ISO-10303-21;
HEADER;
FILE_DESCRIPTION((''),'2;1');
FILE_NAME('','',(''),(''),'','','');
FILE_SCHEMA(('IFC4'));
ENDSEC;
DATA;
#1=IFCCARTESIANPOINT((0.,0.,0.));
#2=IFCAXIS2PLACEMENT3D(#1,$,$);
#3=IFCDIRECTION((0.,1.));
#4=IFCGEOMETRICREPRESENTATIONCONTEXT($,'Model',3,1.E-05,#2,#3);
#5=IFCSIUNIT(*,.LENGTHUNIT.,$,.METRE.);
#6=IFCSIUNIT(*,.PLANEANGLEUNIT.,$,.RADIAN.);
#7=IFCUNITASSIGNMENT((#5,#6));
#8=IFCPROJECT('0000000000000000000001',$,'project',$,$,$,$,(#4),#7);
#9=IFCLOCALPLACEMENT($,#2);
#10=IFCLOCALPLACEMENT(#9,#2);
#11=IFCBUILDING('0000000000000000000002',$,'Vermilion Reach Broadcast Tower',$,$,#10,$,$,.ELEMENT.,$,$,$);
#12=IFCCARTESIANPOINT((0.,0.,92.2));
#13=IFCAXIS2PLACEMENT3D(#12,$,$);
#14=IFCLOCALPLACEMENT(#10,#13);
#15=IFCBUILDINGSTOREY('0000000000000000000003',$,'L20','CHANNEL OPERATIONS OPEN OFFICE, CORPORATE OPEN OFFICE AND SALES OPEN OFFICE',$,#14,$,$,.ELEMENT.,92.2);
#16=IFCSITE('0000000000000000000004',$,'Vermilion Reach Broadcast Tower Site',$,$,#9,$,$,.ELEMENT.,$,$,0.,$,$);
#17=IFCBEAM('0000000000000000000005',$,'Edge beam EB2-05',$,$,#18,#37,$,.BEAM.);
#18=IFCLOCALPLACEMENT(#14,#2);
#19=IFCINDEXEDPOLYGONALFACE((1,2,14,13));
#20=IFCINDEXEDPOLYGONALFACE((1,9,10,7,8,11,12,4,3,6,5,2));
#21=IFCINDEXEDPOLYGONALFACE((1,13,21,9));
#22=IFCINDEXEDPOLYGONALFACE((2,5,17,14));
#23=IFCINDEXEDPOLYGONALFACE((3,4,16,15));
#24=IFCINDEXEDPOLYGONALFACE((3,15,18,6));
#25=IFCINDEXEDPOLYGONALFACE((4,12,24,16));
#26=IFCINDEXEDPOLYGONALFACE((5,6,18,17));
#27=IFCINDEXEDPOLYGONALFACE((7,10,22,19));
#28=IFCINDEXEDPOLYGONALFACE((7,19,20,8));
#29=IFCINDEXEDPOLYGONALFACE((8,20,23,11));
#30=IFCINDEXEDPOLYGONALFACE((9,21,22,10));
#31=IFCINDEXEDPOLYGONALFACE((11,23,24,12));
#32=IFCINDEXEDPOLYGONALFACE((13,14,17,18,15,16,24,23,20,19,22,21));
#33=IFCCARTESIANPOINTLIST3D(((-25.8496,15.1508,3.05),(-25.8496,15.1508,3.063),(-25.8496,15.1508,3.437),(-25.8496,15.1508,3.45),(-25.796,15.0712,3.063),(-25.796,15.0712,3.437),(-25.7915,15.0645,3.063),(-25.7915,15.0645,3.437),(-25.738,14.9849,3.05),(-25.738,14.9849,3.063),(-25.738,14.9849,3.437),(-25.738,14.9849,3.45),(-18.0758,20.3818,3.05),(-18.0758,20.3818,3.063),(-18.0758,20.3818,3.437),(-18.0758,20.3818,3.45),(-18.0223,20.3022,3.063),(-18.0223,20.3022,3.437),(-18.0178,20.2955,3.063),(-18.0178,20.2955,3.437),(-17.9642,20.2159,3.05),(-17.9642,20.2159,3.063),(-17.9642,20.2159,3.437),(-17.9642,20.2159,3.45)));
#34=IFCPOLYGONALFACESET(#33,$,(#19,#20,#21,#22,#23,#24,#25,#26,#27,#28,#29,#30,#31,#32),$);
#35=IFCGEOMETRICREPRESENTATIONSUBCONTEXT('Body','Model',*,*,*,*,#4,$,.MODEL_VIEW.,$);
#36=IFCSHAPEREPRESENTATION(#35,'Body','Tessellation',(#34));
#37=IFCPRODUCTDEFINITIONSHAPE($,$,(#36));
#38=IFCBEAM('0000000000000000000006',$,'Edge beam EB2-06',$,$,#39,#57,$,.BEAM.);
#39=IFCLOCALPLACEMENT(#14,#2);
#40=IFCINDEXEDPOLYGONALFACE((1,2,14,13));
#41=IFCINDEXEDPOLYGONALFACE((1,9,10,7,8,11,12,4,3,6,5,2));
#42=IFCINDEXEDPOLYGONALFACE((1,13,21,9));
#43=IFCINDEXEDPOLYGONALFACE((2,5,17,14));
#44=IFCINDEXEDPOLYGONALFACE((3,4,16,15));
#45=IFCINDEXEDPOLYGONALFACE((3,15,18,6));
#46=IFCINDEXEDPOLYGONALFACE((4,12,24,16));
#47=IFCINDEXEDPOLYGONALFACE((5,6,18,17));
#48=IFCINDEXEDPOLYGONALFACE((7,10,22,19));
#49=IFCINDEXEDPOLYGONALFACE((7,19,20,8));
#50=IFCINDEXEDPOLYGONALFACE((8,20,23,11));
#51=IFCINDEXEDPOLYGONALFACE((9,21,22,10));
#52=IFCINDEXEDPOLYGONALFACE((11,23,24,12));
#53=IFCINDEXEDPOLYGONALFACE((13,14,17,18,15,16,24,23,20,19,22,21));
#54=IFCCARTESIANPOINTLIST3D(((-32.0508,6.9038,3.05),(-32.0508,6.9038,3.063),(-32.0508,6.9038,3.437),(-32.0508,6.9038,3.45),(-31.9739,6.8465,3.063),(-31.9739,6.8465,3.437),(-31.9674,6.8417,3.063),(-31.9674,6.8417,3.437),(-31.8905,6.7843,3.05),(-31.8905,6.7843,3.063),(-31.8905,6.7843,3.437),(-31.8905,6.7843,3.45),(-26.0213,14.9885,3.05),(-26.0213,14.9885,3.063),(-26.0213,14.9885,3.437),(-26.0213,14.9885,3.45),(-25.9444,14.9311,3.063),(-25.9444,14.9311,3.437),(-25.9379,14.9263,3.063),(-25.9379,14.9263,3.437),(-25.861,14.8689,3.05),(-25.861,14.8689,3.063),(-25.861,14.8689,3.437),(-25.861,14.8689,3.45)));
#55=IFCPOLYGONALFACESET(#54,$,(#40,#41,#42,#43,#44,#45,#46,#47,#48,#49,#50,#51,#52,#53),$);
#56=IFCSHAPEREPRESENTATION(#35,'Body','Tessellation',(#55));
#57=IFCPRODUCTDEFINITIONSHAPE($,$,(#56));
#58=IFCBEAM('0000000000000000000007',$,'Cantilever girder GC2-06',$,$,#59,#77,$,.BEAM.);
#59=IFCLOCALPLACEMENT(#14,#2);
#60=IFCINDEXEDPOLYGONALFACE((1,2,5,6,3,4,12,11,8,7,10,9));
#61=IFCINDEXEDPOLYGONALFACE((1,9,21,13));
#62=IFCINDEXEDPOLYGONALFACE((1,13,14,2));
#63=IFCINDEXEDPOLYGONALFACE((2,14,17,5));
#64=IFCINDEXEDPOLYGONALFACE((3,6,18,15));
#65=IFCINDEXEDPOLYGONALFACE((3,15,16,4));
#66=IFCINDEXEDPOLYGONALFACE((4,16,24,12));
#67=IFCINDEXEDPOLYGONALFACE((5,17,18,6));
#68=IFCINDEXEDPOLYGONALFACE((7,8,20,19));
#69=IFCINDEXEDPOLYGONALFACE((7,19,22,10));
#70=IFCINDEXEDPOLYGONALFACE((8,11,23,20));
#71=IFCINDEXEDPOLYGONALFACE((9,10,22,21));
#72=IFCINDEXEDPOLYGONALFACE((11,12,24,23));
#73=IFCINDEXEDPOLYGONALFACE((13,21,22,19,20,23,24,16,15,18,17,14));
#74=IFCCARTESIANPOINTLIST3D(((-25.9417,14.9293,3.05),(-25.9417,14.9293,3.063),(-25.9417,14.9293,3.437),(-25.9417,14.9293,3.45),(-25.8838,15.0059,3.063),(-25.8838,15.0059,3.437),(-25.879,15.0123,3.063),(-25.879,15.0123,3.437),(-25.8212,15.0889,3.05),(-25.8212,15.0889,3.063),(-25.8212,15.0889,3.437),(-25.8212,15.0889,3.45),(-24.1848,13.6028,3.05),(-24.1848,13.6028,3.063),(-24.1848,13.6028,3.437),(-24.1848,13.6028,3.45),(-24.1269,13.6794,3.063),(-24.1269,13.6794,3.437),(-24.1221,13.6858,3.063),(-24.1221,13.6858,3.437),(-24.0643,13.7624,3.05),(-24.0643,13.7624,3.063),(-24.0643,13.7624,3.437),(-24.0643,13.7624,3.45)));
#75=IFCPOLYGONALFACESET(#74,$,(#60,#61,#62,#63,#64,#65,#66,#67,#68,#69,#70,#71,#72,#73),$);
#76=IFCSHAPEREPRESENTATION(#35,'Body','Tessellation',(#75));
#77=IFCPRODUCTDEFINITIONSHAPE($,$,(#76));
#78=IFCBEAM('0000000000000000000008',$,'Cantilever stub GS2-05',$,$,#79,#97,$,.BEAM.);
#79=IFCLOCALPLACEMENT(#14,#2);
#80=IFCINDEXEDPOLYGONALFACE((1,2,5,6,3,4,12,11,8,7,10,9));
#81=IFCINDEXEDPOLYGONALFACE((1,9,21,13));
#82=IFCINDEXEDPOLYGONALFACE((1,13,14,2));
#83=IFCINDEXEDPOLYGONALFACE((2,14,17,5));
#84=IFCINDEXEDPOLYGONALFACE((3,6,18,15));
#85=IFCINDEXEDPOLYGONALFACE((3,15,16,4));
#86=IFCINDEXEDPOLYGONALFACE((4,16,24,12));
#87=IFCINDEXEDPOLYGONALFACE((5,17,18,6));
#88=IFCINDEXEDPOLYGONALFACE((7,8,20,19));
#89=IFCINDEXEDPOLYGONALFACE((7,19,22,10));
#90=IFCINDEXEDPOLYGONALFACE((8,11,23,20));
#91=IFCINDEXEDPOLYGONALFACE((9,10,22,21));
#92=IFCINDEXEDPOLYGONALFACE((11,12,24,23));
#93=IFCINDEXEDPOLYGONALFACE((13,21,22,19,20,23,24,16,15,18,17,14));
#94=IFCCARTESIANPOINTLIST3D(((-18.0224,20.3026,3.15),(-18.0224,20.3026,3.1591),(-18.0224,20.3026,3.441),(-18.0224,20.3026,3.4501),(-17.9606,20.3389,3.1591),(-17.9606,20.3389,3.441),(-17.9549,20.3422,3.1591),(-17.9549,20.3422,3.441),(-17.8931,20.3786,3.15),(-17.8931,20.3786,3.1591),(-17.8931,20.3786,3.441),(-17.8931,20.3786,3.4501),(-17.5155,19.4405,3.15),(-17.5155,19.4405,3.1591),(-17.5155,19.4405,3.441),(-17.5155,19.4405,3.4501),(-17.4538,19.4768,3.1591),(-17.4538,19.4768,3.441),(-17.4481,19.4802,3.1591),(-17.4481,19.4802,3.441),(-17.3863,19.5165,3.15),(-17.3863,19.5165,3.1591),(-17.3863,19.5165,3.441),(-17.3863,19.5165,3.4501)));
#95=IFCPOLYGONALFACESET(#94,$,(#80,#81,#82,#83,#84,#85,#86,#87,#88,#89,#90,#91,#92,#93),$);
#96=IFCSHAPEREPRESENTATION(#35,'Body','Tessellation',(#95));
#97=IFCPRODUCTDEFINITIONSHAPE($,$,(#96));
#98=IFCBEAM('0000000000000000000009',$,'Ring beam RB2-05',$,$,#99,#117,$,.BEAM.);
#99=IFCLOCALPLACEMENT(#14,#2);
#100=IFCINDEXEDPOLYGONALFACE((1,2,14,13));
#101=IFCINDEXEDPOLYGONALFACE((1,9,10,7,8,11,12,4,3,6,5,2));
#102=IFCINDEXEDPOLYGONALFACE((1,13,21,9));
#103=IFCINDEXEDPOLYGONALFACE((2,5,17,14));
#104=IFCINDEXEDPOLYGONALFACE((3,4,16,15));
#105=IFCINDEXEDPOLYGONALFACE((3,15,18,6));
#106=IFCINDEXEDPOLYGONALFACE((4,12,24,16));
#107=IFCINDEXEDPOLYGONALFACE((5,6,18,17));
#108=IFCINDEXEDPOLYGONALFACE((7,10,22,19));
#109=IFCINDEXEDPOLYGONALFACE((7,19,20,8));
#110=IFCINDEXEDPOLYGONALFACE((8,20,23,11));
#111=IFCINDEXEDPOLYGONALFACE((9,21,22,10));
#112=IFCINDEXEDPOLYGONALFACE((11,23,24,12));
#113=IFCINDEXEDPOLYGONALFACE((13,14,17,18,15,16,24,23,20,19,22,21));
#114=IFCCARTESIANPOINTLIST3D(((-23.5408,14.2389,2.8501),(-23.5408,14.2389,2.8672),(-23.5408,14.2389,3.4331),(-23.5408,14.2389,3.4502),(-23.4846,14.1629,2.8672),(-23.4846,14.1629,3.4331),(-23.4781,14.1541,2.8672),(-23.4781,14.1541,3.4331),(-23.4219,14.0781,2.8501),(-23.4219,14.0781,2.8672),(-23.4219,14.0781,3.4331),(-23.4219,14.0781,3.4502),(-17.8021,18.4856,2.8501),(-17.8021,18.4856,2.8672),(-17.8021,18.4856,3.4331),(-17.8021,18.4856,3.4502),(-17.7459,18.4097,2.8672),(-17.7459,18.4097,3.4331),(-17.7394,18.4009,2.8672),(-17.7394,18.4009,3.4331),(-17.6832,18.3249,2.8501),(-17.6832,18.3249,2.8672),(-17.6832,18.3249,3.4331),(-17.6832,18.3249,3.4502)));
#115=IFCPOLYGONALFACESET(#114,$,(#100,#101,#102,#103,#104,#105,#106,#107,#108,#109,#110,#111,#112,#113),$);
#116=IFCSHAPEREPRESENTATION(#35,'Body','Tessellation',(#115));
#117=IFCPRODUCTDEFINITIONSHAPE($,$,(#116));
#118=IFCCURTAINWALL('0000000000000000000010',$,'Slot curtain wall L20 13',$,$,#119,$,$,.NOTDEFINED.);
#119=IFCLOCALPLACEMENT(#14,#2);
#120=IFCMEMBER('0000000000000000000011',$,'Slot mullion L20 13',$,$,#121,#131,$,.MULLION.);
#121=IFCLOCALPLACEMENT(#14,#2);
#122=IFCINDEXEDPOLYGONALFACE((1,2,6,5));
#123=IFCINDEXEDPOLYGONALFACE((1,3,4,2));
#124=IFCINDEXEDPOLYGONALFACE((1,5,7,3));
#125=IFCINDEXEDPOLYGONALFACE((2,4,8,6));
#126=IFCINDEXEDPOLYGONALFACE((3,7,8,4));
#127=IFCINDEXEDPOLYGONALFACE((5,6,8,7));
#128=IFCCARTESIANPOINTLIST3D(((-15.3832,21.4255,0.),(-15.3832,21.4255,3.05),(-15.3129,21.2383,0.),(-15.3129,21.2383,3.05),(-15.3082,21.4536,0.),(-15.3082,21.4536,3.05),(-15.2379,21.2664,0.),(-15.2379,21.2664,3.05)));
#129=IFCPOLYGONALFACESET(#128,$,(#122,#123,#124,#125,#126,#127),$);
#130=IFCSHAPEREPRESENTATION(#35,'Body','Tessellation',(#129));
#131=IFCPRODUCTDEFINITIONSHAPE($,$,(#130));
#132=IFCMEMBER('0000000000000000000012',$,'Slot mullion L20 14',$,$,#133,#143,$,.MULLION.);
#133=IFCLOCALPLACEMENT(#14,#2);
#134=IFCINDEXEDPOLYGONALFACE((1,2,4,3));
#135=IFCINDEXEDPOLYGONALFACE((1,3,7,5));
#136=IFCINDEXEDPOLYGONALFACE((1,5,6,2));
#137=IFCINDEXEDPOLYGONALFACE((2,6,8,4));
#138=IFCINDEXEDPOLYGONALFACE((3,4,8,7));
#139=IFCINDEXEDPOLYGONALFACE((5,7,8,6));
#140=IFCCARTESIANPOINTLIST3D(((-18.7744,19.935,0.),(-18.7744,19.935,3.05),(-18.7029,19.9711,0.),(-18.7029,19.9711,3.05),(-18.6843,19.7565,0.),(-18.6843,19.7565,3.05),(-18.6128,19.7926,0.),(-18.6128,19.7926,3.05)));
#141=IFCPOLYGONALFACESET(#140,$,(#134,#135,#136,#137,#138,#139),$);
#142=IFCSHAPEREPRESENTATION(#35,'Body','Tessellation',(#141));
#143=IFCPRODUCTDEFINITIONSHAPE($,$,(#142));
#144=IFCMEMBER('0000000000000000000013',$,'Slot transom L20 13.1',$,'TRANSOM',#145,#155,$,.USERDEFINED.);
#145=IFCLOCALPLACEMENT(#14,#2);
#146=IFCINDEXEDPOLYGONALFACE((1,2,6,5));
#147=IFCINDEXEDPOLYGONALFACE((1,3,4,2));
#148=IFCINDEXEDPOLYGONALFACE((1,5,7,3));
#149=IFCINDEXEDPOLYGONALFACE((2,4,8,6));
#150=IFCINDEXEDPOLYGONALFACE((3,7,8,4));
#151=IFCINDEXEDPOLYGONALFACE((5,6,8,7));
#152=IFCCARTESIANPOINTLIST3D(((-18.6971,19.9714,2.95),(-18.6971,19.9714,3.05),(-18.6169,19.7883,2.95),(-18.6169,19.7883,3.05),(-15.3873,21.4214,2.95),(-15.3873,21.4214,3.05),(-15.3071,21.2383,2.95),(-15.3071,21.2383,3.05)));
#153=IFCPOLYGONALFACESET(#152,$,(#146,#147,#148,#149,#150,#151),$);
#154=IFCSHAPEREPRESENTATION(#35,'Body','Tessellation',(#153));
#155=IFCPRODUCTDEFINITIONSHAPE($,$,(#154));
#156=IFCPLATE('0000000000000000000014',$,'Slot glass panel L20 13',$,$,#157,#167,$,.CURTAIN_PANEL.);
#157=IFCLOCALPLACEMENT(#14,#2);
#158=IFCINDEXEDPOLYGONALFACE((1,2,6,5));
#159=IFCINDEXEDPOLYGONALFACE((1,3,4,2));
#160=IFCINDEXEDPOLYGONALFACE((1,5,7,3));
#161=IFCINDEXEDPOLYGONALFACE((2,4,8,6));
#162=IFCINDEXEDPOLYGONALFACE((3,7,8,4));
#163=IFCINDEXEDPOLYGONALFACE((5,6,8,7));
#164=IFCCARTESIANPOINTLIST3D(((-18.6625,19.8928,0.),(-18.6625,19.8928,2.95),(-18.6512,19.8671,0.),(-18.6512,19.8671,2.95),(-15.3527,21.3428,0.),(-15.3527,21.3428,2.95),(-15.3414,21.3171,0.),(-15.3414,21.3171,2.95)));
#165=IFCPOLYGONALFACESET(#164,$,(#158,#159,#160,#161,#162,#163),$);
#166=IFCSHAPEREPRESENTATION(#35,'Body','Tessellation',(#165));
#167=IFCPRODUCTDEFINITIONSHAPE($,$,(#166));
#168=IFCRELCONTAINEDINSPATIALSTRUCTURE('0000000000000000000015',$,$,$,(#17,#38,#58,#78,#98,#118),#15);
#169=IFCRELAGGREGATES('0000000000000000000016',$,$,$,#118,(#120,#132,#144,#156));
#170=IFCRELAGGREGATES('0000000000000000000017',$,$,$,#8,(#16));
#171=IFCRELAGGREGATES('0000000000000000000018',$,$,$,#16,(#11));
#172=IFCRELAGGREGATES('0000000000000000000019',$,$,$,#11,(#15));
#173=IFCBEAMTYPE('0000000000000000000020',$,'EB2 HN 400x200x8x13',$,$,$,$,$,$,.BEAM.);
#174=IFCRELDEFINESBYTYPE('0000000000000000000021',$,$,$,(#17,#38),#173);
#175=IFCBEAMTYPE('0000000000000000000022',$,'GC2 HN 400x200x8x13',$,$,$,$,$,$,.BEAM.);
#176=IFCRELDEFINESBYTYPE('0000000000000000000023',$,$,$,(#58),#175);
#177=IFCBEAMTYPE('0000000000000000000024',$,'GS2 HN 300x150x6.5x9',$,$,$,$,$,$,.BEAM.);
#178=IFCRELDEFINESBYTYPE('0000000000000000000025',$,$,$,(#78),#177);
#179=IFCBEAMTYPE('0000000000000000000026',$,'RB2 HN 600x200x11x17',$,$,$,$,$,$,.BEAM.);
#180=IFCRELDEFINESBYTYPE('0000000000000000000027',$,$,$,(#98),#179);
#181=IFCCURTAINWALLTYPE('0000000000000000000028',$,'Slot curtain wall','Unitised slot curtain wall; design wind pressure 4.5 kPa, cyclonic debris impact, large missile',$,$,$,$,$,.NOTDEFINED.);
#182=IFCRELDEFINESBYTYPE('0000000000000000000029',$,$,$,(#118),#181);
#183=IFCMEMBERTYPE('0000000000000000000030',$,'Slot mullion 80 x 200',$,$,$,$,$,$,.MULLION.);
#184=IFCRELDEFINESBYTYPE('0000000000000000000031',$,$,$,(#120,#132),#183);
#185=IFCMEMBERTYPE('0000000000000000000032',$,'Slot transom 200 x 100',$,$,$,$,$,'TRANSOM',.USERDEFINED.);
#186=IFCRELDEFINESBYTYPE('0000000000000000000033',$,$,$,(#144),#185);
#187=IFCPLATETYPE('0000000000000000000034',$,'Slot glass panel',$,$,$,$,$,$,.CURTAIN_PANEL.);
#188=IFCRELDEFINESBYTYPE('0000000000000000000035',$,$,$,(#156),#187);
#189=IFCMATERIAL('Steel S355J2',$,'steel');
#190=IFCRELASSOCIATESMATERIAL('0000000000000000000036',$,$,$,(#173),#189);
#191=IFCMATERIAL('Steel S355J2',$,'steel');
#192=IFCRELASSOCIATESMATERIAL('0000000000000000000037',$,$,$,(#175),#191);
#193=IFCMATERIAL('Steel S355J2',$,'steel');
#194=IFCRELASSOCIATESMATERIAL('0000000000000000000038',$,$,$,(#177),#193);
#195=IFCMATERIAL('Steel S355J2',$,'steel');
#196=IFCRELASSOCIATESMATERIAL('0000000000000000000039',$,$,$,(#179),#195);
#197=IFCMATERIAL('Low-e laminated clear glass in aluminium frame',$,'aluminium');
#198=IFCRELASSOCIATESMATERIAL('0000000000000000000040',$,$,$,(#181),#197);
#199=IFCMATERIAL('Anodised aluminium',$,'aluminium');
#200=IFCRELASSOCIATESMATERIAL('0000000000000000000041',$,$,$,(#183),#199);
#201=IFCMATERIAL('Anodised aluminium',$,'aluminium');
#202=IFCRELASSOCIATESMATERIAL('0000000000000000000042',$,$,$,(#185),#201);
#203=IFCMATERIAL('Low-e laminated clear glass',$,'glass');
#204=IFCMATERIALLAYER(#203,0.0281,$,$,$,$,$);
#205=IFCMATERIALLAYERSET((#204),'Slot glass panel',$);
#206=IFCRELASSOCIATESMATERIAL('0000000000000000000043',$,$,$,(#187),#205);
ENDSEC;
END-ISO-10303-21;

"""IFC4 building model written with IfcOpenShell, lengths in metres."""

from ifc_helpers import new_model, si_unit, direction, frame, origin, origin_2d, place, context, subcontext, project, spatial, rectangle, i_section, extrude, material, layer, layer_set, material_profile, profile_set, type_object, element, aggregate, save


model = new_model("IFC4")

# Units and contexts
model_context = context("Model", 3, precision=1e-05, world=origin(), true_north=direction((0.0, 1.0)))
body_context = subcontext(model_context, "Body", "Model", "MODEL_VIEW")
ifc_project = project(units=[si_unit("LENGTHUNIT", "METRE"), si_unit("PLANEANGLEUNIT", "RADIAN")], contexts=[model_context])

# Site, building, storey
site_placement = place(None, origin())
site = spatial("IfcSite", under=ifc_project, at=site_placement, Name="Vermilion Reach Broadcast Tower Site", CompositionType="ELEMENT", RefElevation=0.0)
building_placement = place(site_placement, origin())
building = spatial("IfcBuilding", under=site, at=building_placement, Name="Vermilion Reach Broadcast Tower", CompositionType="ELEMENT")
storey_placement = place(building_placement, frame((0.0, 0.0, 92.2)))
storey = spatial("IfcBuildingStorey", under=building, at=storey_placement, Name="L20", Description="CHANNEL OPERATIONS OPEN OFFICE, CORPORATE OPEN OFFICE AND SALES OPEN OFFICE", CompositionType="ELEMENT", Elevation=92.2)

# Beams
ifc_material_1 = material(Name="Steel S355J2", Category="steel")
ifc_material_profile_1 = material_profile(ifc_material_1, i_section(OverallWidth=0.2, OverallDepth=0.3999, WebThickness=0.0081, FlangeThickness=0.0129, at=origin_2d()), Name="S355J2 HN 400x200x8x13")
ifc_profile_set_1 = profile_set([ifc_material_profile_1], Name="Steel S355J2")
beam_type_1 = type_object("IfcBeamType", Name="EB2 HN 400x200x8x13", PredefinedType="BEAM", material=ifc_profile_set_1)
beam_1_placement = place(storey_placement, frame((-18.02, 20.2988, 3.25), z_axis=(-0.829653, -0.558279, 0.0), x_axis=(0.558279, -0.829653, 0.0)))
element("IfcBeam", 1, at=beam_1_placement, inside=storey, type_object=beam_type_1, Name="Edge beam EB2-05", PredefinedType="BEAM", context=body_context, shape_type="SweptSolid", body=[
    extrude(i_section(OverallWidth=0.2, OverallDepth=0.3999, WebThickness=0.0081, FlangeThickness=0.0129, at=origin_2d()), origin(), (0.0, 0.0, 1.0), 9.3699),
])
beam_2_placement = place(storey_placement, frame((-25.9412, 14.9287, 3.25), z_axis=(-0.59784, -0.801615, 0.0), x_axis=(0.801615, -0.59784, 0.0)))
element("IfcBeam", 2, at=beam_2_placement, inside=storey, type_object=beam_type_1, Name="Edge beam EB2-06", PredefinedType="BEAM", context=body_context, shape_type="SweptSolid", body=[
    extrude(i_section(OverallWidth=0.2, OverallDepth=0.3999, WebThickness=0.0081, FlangeThickness=0.0129, at=origin_2d()), origin(), (0.0, 0.0, 1.0), 10.0854),
])
ifc_material_2 = material(Name="Steel S355J2", Category="steel")
ifc_material_profile_2 = material_profile(ifc_material_2, i_section(OverallWidth=0.2, OverallDepth=0.3999, WebThickness=0.0081, FlangeThickness=0.0129, at=origin_2d()), Name="S355J2 HN 400x200x8x13")
ifc_profile_set_2 = profile_set([ifc_material_profile_2], Name="Steel S355J2")
beam_type_2 = type_object("IfcBeamType", Name="GC2 HN 400x200x8x13", PredefinedType="BEAM", material=ifc_profile_set_2)
beam_3_placement = place(storey_placement, frame((-24.1245, 13.6826, 3.25), z_axis=(-0.798079, 0.602552, 0.0), x_axis=(-0.602552, -0.798079, 0.0)))
element("IfcBeam", 3, at=beam_3_placement, inside=storey, type_object=beam_type_2, Name="Cantilever girder GC2-06", PredefinedType="BEAM", context=body_context, shape_type="SweptSolid", body=[
    extrude(i_section(OverallWidth=0.2, OverallDepth=0.3999, WebThickness=0.0081, FlangeThickness=0.0129, at=origin_2d()), origin(), (0.0, 0.0, 1.0), 2.2014),
])
ifc_material_3 = material(Name="Steel S355J2", Category="steel")
ifc_material_profile_3 = material_profile(ifc_material_3, i_section(OverallWidth=0.1499, OverallDepth=0.3, WebThickness=0.0066, FlangeThickness=0.009, at=origin_2d()), Name="S355J2 HN 300x150x6.5x9")
ifc_profile_set_3 = profile_set([ifc_material_profile_3], Name="Steel S355J2")
beam_type_3 = type_object("IfcBeamType", Name="GS2 HN 300x150x6.5x9", PredefinedType="BEAM", material=ifc_profile_set_3)
beam_4_placement = place(storey_placement, frame((-17.4509, 19.4785, 3.3), z_axis=(-0.506828, 0.862047, 0.0), x_axis=(-0.862047, -0.506828, 0.0)))
element("IfcBeam", 4, at=beam_4_placement, inside=storey, type_object=beam_type_3, Name="Cantilever stub GS2-05", PredefinedType="BEAM", context=body_context, shape_type="SweptSolid", body=[
    extrude(i_section(OverallWidth=0.1499, OverallDepth=0.3, WebThickness=0.0066, FlangeThickness=0.009, at=origin_2d()), origin(), (0.0, 0.0, 1.0), 1.0),
])
ifc_material_4 = material(Name="Steel S355J2", Category="steel")
ifc_material_profile_4 = material_profile(ifc_material_4, i_section(OverallWidth=0.2, OverallDepth=0.6001, WebThickness=0.011, FlangeThickness=0.0171, at=origin_2d()), Name="S355J2 HN 600x200x11x17")
ifc_profile_set_4 = profile_set([ifc_material_profile_4], Name="Steel S355J2")
beam_type_4 = type_object("IfcBeamType", Name="RB2 HN 600x200x11x17", PredefinedType="BEAM", material=ifc_profile_set_4)
beam_5_placement = place(storey_placement, frame((-17.7427, 18.4053, 3.1501), z_axis=(-0.803833, -0.594855, 0.0), x_axis=(0.594855, -0.803833, 0.0)))
element("IfcBeam", 5, at=beam_5_placement, inside=storey, type_object=beam_type_4, Name="Ring beam RB2-05", PredefinedType="BEAM", context=body_context, shape_type="SweptSolid", body=[
    extrude(i_section(OverallWidth=0.2, OverallDepth=0.6001, WebThickness=0.011, FlangeThickness=0.0171, at=origin_2d()), origin(), (0.0, 0.0, 1.0), 7.1392),
])

# Curtain wall, members, plate
ifc_material_5 = material(Name="Low-e laminated clear glass in aluminium frame", Category="aluminium")
curtain_wall_type = type_object("IfcCurtainWallType", Name="Slot curtain wall", Description="Unitised slot curtain wall; design wind pressure 4.5 kPa, cyclonic debris impact, large missile", PredefinedType="NOTDEFINED", material=ifc_material_5)
curtain_wall_placement = place(storey_placement, origin())
curtain_wall = element("IfcCurtainWall", 6, at=curtain_wall_placement, inside=storey, type_object=curtain_wall_type, Name="Slot curtain wall L20 13", PredefinedType="NOTDEFINED")
ifc_material_6 = material(Name="Anodised aluminium", Category="aluminium")
ifc_material_profile_5 = material_profile(ifc_material_6, rectangle(XDim=0.2, YDim=0.0801, at=origin_2d()), Name="Slot mullion 80 x 200")
ifc_profile_set_5 = profile_set([ifc_material_profile_5], Name="Anodised aluminium")
member_type_1 = type_object("IfcMemberType", Name="Slot mullion 80 x 200", PredefinedType="MULLION", material=ifc_profile_set_5)
member_1_placement = place(storey_placement, frame((-15.3105, 21.3459, 0.0), z_axis=(0.0, 0.0, 1.0), x_axis=(0.351285, -0.936269, 0.0)))
member_1 = element("IfcMember", 7, at=member_1_placement, type_object=member_type_1, Name="Slot mullion L20 13", PredefinedType="MULLION", context=body_context, shape_type="SweptSolid", body=[
    extrude(rectangle(XDim=0.2, YDim=0.0801, at=origin_2d()), origin(), (0.0, 0.0, 1.0), 3.05),
])
member_2_placement = place(storey_placement, frame((-18.6936, 19.8638, 0.0), z_axis=(0.0, 0.0, 1.0), x_axis=(0.450893, -0.892578, 0.0)))
member_2 = element("IfcMember", 8, at=member_2_placement, type_object=member_type_1, Name="Slot mullion L20 14", PredefinedType="MULLION", context=body_context, shape_type="SweptSolid", body=[
    extrude(rectangle(XDim=0.2, YDim=0.0801, at=origin_2d()), origin(), (0.0, 0.0, 1.0), 3.05),
])
ifc_material_7 = material(Name="Anodised aluminium", Category="aluminium")
ifc_material_profile_6 = material_profile(ifc_material_7, rectangle(XDim=0.2, YDim=0.1001, at=origin_2d()), Name="Slot transom 200 x 100")
ifc_profile_set_6 = profile_set([ifc_material_profile_6], Name="Anodised aluminium")
member_type_2 = type_object("IfcMemberType", Name="Slot transom 200 x 100", ElementType="TRANSOM", PredefinedType="USERDEFINED", material=ifc_profile_set_6)
member_3_placement = place(storey_placement, frame((-15.3472, 21.3298, 3.0), z_axis=(-0.915963, -0.401262, 0.0), x_axis=(0.401262, -0.915963, 0.0)))
member_3 = element("IfcMember", 9, at=member_3_placement, type_object=member_type_2, Name="Slot transom L20 13.1", ObjectType="TRANSOM", PredefinedType="USERDEFINED", context=body_context, shape_type="SweptSolid", body=[
    extrude(rectangle(XDim=0.2, YDim=0.1001, at=origin_2d()), origin(), (0.0, 0.0, 1.0), 3.6135),
])
ifc_material_8 = material(Name="Low-e laminated clear glass", Category="glass")
ifc_layer_1 = layer(ifc_material_8, 0.0281)
ifc_layer_set_1 = layer_set([ifc_layer_1], Name="Slot glass panel")
plate_type = type_object("IfcPlateType", Name="Slot glass panel", PredefinedType="CURTAIN_PANEL", material=ifc_layer_set_1)
plate_placement = place(storey_placement, frame((-17.002, 20.605, 0.0), z_axis=(0.0, 0.0, 1.0), x_axis=(-0.91596, -0.401269, 0.0)))
plate = element("IfcPlate", 10, at=plate_placement, type_object=plate_type, Name="Slot glass panel L20 13", PredefinedType="CURTAIN_PANEL", context=body_context, shape_type="SweptSolid", body=[
    extrude(rectangle(XDim=3.6135, YDim=0.0281, at=origin_2d()), origin(), (0.0, 0.0, 1.0), 2.95),
])
aggregate(curtain_wall, [member_1, member_2, member_3, plate])

save(model, "model.ifc")
